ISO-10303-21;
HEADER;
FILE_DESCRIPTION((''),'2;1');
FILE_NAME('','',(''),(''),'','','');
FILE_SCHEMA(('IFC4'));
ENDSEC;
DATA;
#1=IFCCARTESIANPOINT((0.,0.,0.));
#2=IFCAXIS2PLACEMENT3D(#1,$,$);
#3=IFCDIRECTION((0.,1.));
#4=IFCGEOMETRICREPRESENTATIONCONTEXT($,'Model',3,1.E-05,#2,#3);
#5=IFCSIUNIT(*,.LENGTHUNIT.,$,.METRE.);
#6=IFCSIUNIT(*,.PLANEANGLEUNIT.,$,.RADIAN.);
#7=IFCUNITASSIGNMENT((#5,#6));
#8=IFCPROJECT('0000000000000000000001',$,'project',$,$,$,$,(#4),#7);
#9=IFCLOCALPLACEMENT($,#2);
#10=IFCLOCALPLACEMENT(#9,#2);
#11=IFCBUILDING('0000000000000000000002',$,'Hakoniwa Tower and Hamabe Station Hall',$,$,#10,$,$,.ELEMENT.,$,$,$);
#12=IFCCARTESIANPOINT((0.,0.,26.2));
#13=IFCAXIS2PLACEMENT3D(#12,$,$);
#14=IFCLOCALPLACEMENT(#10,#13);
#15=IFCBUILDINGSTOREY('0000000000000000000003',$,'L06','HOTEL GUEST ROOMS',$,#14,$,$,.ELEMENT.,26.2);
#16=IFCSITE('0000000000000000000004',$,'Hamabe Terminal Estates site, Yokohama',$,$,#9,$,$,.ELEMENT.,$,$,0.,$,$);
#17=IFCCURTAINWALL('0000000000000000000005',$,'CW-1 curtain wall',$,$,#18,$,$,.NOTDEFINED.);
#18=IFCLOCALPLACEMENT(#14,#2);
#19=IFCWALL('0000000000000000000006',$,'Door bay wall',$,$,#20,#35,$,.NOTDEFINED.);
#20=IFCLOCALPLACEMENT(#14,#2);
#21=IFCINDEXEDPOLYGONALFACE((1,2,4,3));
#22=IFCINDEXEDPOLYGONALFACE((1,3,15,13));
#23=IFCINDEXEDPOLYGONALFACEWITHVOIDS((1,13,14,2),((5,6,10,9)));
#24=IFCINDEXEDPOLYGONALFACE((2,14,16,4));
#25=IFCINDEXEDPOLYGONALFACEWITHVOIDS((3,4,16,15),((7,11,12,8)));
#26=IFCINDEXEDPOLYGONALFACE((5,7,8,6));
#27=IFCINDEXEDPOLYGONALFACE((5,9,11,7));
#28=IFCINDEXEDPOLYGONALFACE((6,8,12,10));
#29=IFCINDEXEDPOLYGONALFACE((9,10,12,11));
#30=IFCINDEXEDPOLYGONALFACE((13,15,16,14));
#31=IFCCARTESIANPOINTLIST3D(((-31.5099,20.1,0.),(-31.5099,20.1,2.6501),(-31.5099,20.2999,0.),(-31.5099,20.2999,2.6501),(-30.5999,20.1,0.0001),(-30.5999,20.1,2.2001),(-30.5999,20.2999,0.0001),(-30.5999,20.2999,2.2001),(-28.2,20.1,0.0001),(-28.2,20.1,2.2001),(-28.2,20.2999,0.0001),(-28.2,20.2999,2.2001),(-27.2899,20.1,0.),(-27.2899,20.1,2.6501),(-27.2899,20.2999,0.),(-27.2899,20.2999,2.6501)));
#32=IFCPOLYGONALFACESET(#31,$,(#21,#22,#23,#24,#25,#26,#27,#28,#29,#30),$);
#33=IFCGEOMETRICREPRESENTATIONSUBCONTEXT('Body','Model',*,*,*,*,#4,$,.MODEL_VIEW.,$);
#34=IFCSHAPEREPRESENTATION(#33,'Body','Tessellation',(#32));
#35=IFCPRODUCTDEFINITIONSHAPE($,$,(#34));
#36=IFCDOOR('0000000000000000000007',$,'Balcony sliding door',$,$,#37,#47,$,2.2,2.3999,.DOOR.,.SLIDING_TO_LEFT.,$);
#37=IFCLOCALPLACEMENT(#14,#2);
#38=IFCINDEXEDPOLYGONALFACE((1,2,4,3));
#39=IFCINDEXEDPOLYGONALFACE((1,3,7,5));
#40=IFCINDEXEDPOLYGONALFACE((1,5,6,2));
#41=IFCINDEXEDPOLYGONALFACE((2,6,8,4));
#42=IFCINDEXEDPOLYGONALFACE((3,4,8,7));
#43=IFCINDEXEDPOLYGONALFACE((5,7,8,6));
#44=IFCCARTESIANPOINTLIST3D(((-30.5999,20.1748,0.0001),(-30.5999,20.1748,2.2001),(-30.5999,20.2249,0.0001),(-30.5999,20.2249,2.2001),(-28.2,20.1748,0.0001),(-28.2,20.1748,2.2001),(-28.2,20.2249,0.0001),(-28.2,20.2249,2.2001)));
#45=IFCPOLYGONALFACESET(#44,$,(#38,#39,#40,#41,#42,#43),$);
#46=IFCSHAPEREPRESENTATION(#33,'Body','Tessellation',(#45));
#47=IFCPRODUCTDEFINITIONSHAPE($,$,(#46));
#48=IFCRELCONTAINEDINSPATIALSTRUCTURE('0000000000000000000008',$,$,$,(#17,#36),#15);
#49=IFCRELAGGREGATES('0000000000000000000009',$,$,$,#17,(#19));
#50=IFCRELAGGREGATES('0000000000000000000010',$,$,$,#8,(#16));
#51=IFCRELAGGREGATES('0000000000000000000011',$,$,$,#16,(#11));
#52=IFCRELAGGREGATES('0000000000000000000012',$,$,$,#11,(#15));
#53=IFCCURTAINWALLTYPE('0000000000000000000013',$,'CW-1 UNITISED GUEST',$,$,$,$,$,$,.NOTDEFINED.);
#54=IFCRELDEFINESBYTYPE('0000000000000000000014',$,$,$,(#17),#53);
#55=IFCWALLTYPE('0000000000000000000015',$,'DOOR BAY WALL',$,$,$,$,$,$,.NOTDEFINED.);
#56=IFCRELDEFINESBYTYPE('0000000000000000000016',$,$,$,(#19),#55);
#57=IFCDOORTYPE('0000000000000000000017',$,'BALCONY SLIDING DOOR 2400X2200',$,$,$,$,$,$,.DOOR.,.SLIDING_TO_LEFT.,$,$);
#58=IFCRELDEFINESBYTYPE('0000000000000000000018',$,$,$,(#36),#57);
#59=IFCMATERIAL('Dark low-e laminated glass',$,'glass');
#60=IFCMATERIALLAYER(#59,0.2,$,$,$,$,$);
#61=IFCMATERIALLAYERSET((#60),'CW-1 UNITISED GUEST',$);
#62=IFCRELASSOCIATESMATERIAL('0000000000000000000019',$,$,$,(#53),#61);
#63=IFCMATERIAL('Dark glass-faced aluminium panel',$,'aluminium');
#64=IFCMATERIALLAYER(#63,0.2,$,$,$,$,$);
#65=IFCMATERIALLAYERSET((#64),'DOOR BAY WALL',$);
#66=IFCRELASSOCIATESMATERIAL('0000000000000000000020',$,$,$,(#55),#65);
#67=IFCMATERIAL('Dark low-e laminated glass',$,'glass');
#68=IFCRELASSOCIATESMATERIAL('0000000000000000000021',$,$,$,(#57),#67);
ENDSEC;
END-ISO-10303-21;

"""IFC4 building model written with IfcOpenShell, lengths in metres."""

from ifc_helpers import new_model, si_unit, direction, frame, frame_2d, origin, place, context, subcontext, project, spatial, rectangle, extrude, material, layer, layer_set, type_object, element, fill, aggregate, save


model = new_model("IFC4")

# Units and contexts
model_context = context("Model", 3, precision=1e-05, world=origin(), true_north=direction((0.0, 1.0)))
body_context = subcontext(model_context, "Body", "Model", "MODEL_VIEW")
ifc_project = project(units=[si_unit("LENGTHUNIT", "METRE"), si_unit("PLANEANGLEUNIT", "RADIAN")], contexts=[model_context])

# Site, building, storey
site_placement = place(None, origin())
site = spatial("IfcSite", under=ifc_project, at=site_placement, Name="Hamabe Terminal Estates site, Yokohama", CompositionType="ELEMENT", RefElevation=0.0)
building_placement = place(site_placement, origin())
building = spatial("IfcBuilding", under=site, at=building_placement, Name="Hakoniwa Tower and Hamabe Station Hall", CompositionType="ELEMENT")
storey_placement = place(building_placement, frame((0.0, 0.0, 26.2)))
storey = spatial("IfcBuildingStorey", under=building, at=storey_placement, Name="L06", Description="HOTEL GUEST ROOMS", CompositionType="ELEMENT", Elevation=26.2)

# Curtain wall
ifc_material_1 = material(Name="Dark low-e laminated glass", Category="glass")
ifc_layer_1 = layer(ifc_material_1, 0.2)
ifc_layer_set_1 = layer_set([ifc_layer_1], Name="CW-1 UNITISED GUEST")
curtain_wall_type = type_object("IfcCurtainWallType", Name="CW-1 UNITISED GUEST", PredefinedType="NOTDEFINED", material=ifc_layer_set_1)
curtain_wall_placement = place(storey_placement, origin())
curtain_wall = element("IfcCurtainWall", 1, at=curtain_wall_placement, inside=storey, type_object=curtain_wall_type, Name="CW-1 curtain wall", PredefinedType="NOTDEFINED")

# Wall, opening, door
ifc_material_2 = material(Name="Dark glass-faced aluminium panel", Category="aluminium")
ifc_layer_2 = layer(ifc_material_2, 0.2)
ifc_layer_set_2 = layer_set([ifc_layer_2], Name="DOOR BAY WALL")
wall_type_1 = type_object("IfcWallType", Name="DOOR BAY WALL", PredefinedType="NOTDEFINED", material=ifc_layer_set_2)
ifc_material_3 = material(Name="Dark low-e laminated glass", Category="glass")
door_type = type_object("IfcDoorType", Name="BALCONY SLIDING DOOR 2400X2200", OperationType="SLIDING_TO_LEFT", PredefinedType="DOOR", material=ifc_material_3)
wall_1_placement = place(storey_placement, frame((-27.29, 20.2, 0.0), z_axis=(0.0, 0.0, 1.0), x_axis=(-1.0, 0.0, 0.0)))
wall_1 = element("IfcWall", 2, at=wall_1_placement, type_object=wall_type_1, Name="Door bay wall", PredefinedType="NOTDEFINED", context=body_context, shape_type="SweptSolid", body=[
    extrude(rectangle(XDim=4.22, YDim=0.2, at=frame_2d((2.1099, 0.0))), origin(), (0.0, 0.0, 1.0), 2.6501),
])
opening_1_placement = place(wall_1_placement, frame((0.9099, 0.0, 0.0)))
opening_1 = element("IfcOpeningElement", 3, at=opening_1_placement, cuts=wall_1, PredefinedType="OPENING", context=body_context, shape_type="SweptSolid", body=[
    extrude(rectangle(XDim=2.3999, YDim=2.2, at=frame_2d((1.2, 1.1001))), frame((0.0, 0.1099, 0.0), z_axis=(0.0, -1.0, 0.0), x_axis=(1.0, 0.0, 0.0)), (0.0, 0.0, 1.0), 0.22),
])
door_1_placement = place(opening_1_placement, frame((2.3999, 0.0, 0.0), z_axis=(0.0, 0.0, 1.0), x_axis=(-1.0, 0.0, 0.0)))
door_1 = element("IfcDoor", 4, at=door_1_placement, inside=storey, type_object=door_type, Name="Balcony sliding door", OperationType="SLIDING_TO_LEFT", OverallHeight=2.2, OverallWidth=2.3999, PredefinedType="DOOR", context=body_context, shape_type="SweptSolid", body=[
    extrude(rectangle(XDim=2.3999, YDim=2.2, at=frame_2d((1.2, 1.1001))), frame((0.0, 0.0249, 0.0), z_axis=(0.0, -1.0, 0.0), x_axis=(1.0, 0.0, 0.0)), (0.0, 0.0, 1.0), 0.05),
])
fill(opening_1, door_1)
aggregate(curtain_wall, [wall_1])

save(model, "model.ifc")
